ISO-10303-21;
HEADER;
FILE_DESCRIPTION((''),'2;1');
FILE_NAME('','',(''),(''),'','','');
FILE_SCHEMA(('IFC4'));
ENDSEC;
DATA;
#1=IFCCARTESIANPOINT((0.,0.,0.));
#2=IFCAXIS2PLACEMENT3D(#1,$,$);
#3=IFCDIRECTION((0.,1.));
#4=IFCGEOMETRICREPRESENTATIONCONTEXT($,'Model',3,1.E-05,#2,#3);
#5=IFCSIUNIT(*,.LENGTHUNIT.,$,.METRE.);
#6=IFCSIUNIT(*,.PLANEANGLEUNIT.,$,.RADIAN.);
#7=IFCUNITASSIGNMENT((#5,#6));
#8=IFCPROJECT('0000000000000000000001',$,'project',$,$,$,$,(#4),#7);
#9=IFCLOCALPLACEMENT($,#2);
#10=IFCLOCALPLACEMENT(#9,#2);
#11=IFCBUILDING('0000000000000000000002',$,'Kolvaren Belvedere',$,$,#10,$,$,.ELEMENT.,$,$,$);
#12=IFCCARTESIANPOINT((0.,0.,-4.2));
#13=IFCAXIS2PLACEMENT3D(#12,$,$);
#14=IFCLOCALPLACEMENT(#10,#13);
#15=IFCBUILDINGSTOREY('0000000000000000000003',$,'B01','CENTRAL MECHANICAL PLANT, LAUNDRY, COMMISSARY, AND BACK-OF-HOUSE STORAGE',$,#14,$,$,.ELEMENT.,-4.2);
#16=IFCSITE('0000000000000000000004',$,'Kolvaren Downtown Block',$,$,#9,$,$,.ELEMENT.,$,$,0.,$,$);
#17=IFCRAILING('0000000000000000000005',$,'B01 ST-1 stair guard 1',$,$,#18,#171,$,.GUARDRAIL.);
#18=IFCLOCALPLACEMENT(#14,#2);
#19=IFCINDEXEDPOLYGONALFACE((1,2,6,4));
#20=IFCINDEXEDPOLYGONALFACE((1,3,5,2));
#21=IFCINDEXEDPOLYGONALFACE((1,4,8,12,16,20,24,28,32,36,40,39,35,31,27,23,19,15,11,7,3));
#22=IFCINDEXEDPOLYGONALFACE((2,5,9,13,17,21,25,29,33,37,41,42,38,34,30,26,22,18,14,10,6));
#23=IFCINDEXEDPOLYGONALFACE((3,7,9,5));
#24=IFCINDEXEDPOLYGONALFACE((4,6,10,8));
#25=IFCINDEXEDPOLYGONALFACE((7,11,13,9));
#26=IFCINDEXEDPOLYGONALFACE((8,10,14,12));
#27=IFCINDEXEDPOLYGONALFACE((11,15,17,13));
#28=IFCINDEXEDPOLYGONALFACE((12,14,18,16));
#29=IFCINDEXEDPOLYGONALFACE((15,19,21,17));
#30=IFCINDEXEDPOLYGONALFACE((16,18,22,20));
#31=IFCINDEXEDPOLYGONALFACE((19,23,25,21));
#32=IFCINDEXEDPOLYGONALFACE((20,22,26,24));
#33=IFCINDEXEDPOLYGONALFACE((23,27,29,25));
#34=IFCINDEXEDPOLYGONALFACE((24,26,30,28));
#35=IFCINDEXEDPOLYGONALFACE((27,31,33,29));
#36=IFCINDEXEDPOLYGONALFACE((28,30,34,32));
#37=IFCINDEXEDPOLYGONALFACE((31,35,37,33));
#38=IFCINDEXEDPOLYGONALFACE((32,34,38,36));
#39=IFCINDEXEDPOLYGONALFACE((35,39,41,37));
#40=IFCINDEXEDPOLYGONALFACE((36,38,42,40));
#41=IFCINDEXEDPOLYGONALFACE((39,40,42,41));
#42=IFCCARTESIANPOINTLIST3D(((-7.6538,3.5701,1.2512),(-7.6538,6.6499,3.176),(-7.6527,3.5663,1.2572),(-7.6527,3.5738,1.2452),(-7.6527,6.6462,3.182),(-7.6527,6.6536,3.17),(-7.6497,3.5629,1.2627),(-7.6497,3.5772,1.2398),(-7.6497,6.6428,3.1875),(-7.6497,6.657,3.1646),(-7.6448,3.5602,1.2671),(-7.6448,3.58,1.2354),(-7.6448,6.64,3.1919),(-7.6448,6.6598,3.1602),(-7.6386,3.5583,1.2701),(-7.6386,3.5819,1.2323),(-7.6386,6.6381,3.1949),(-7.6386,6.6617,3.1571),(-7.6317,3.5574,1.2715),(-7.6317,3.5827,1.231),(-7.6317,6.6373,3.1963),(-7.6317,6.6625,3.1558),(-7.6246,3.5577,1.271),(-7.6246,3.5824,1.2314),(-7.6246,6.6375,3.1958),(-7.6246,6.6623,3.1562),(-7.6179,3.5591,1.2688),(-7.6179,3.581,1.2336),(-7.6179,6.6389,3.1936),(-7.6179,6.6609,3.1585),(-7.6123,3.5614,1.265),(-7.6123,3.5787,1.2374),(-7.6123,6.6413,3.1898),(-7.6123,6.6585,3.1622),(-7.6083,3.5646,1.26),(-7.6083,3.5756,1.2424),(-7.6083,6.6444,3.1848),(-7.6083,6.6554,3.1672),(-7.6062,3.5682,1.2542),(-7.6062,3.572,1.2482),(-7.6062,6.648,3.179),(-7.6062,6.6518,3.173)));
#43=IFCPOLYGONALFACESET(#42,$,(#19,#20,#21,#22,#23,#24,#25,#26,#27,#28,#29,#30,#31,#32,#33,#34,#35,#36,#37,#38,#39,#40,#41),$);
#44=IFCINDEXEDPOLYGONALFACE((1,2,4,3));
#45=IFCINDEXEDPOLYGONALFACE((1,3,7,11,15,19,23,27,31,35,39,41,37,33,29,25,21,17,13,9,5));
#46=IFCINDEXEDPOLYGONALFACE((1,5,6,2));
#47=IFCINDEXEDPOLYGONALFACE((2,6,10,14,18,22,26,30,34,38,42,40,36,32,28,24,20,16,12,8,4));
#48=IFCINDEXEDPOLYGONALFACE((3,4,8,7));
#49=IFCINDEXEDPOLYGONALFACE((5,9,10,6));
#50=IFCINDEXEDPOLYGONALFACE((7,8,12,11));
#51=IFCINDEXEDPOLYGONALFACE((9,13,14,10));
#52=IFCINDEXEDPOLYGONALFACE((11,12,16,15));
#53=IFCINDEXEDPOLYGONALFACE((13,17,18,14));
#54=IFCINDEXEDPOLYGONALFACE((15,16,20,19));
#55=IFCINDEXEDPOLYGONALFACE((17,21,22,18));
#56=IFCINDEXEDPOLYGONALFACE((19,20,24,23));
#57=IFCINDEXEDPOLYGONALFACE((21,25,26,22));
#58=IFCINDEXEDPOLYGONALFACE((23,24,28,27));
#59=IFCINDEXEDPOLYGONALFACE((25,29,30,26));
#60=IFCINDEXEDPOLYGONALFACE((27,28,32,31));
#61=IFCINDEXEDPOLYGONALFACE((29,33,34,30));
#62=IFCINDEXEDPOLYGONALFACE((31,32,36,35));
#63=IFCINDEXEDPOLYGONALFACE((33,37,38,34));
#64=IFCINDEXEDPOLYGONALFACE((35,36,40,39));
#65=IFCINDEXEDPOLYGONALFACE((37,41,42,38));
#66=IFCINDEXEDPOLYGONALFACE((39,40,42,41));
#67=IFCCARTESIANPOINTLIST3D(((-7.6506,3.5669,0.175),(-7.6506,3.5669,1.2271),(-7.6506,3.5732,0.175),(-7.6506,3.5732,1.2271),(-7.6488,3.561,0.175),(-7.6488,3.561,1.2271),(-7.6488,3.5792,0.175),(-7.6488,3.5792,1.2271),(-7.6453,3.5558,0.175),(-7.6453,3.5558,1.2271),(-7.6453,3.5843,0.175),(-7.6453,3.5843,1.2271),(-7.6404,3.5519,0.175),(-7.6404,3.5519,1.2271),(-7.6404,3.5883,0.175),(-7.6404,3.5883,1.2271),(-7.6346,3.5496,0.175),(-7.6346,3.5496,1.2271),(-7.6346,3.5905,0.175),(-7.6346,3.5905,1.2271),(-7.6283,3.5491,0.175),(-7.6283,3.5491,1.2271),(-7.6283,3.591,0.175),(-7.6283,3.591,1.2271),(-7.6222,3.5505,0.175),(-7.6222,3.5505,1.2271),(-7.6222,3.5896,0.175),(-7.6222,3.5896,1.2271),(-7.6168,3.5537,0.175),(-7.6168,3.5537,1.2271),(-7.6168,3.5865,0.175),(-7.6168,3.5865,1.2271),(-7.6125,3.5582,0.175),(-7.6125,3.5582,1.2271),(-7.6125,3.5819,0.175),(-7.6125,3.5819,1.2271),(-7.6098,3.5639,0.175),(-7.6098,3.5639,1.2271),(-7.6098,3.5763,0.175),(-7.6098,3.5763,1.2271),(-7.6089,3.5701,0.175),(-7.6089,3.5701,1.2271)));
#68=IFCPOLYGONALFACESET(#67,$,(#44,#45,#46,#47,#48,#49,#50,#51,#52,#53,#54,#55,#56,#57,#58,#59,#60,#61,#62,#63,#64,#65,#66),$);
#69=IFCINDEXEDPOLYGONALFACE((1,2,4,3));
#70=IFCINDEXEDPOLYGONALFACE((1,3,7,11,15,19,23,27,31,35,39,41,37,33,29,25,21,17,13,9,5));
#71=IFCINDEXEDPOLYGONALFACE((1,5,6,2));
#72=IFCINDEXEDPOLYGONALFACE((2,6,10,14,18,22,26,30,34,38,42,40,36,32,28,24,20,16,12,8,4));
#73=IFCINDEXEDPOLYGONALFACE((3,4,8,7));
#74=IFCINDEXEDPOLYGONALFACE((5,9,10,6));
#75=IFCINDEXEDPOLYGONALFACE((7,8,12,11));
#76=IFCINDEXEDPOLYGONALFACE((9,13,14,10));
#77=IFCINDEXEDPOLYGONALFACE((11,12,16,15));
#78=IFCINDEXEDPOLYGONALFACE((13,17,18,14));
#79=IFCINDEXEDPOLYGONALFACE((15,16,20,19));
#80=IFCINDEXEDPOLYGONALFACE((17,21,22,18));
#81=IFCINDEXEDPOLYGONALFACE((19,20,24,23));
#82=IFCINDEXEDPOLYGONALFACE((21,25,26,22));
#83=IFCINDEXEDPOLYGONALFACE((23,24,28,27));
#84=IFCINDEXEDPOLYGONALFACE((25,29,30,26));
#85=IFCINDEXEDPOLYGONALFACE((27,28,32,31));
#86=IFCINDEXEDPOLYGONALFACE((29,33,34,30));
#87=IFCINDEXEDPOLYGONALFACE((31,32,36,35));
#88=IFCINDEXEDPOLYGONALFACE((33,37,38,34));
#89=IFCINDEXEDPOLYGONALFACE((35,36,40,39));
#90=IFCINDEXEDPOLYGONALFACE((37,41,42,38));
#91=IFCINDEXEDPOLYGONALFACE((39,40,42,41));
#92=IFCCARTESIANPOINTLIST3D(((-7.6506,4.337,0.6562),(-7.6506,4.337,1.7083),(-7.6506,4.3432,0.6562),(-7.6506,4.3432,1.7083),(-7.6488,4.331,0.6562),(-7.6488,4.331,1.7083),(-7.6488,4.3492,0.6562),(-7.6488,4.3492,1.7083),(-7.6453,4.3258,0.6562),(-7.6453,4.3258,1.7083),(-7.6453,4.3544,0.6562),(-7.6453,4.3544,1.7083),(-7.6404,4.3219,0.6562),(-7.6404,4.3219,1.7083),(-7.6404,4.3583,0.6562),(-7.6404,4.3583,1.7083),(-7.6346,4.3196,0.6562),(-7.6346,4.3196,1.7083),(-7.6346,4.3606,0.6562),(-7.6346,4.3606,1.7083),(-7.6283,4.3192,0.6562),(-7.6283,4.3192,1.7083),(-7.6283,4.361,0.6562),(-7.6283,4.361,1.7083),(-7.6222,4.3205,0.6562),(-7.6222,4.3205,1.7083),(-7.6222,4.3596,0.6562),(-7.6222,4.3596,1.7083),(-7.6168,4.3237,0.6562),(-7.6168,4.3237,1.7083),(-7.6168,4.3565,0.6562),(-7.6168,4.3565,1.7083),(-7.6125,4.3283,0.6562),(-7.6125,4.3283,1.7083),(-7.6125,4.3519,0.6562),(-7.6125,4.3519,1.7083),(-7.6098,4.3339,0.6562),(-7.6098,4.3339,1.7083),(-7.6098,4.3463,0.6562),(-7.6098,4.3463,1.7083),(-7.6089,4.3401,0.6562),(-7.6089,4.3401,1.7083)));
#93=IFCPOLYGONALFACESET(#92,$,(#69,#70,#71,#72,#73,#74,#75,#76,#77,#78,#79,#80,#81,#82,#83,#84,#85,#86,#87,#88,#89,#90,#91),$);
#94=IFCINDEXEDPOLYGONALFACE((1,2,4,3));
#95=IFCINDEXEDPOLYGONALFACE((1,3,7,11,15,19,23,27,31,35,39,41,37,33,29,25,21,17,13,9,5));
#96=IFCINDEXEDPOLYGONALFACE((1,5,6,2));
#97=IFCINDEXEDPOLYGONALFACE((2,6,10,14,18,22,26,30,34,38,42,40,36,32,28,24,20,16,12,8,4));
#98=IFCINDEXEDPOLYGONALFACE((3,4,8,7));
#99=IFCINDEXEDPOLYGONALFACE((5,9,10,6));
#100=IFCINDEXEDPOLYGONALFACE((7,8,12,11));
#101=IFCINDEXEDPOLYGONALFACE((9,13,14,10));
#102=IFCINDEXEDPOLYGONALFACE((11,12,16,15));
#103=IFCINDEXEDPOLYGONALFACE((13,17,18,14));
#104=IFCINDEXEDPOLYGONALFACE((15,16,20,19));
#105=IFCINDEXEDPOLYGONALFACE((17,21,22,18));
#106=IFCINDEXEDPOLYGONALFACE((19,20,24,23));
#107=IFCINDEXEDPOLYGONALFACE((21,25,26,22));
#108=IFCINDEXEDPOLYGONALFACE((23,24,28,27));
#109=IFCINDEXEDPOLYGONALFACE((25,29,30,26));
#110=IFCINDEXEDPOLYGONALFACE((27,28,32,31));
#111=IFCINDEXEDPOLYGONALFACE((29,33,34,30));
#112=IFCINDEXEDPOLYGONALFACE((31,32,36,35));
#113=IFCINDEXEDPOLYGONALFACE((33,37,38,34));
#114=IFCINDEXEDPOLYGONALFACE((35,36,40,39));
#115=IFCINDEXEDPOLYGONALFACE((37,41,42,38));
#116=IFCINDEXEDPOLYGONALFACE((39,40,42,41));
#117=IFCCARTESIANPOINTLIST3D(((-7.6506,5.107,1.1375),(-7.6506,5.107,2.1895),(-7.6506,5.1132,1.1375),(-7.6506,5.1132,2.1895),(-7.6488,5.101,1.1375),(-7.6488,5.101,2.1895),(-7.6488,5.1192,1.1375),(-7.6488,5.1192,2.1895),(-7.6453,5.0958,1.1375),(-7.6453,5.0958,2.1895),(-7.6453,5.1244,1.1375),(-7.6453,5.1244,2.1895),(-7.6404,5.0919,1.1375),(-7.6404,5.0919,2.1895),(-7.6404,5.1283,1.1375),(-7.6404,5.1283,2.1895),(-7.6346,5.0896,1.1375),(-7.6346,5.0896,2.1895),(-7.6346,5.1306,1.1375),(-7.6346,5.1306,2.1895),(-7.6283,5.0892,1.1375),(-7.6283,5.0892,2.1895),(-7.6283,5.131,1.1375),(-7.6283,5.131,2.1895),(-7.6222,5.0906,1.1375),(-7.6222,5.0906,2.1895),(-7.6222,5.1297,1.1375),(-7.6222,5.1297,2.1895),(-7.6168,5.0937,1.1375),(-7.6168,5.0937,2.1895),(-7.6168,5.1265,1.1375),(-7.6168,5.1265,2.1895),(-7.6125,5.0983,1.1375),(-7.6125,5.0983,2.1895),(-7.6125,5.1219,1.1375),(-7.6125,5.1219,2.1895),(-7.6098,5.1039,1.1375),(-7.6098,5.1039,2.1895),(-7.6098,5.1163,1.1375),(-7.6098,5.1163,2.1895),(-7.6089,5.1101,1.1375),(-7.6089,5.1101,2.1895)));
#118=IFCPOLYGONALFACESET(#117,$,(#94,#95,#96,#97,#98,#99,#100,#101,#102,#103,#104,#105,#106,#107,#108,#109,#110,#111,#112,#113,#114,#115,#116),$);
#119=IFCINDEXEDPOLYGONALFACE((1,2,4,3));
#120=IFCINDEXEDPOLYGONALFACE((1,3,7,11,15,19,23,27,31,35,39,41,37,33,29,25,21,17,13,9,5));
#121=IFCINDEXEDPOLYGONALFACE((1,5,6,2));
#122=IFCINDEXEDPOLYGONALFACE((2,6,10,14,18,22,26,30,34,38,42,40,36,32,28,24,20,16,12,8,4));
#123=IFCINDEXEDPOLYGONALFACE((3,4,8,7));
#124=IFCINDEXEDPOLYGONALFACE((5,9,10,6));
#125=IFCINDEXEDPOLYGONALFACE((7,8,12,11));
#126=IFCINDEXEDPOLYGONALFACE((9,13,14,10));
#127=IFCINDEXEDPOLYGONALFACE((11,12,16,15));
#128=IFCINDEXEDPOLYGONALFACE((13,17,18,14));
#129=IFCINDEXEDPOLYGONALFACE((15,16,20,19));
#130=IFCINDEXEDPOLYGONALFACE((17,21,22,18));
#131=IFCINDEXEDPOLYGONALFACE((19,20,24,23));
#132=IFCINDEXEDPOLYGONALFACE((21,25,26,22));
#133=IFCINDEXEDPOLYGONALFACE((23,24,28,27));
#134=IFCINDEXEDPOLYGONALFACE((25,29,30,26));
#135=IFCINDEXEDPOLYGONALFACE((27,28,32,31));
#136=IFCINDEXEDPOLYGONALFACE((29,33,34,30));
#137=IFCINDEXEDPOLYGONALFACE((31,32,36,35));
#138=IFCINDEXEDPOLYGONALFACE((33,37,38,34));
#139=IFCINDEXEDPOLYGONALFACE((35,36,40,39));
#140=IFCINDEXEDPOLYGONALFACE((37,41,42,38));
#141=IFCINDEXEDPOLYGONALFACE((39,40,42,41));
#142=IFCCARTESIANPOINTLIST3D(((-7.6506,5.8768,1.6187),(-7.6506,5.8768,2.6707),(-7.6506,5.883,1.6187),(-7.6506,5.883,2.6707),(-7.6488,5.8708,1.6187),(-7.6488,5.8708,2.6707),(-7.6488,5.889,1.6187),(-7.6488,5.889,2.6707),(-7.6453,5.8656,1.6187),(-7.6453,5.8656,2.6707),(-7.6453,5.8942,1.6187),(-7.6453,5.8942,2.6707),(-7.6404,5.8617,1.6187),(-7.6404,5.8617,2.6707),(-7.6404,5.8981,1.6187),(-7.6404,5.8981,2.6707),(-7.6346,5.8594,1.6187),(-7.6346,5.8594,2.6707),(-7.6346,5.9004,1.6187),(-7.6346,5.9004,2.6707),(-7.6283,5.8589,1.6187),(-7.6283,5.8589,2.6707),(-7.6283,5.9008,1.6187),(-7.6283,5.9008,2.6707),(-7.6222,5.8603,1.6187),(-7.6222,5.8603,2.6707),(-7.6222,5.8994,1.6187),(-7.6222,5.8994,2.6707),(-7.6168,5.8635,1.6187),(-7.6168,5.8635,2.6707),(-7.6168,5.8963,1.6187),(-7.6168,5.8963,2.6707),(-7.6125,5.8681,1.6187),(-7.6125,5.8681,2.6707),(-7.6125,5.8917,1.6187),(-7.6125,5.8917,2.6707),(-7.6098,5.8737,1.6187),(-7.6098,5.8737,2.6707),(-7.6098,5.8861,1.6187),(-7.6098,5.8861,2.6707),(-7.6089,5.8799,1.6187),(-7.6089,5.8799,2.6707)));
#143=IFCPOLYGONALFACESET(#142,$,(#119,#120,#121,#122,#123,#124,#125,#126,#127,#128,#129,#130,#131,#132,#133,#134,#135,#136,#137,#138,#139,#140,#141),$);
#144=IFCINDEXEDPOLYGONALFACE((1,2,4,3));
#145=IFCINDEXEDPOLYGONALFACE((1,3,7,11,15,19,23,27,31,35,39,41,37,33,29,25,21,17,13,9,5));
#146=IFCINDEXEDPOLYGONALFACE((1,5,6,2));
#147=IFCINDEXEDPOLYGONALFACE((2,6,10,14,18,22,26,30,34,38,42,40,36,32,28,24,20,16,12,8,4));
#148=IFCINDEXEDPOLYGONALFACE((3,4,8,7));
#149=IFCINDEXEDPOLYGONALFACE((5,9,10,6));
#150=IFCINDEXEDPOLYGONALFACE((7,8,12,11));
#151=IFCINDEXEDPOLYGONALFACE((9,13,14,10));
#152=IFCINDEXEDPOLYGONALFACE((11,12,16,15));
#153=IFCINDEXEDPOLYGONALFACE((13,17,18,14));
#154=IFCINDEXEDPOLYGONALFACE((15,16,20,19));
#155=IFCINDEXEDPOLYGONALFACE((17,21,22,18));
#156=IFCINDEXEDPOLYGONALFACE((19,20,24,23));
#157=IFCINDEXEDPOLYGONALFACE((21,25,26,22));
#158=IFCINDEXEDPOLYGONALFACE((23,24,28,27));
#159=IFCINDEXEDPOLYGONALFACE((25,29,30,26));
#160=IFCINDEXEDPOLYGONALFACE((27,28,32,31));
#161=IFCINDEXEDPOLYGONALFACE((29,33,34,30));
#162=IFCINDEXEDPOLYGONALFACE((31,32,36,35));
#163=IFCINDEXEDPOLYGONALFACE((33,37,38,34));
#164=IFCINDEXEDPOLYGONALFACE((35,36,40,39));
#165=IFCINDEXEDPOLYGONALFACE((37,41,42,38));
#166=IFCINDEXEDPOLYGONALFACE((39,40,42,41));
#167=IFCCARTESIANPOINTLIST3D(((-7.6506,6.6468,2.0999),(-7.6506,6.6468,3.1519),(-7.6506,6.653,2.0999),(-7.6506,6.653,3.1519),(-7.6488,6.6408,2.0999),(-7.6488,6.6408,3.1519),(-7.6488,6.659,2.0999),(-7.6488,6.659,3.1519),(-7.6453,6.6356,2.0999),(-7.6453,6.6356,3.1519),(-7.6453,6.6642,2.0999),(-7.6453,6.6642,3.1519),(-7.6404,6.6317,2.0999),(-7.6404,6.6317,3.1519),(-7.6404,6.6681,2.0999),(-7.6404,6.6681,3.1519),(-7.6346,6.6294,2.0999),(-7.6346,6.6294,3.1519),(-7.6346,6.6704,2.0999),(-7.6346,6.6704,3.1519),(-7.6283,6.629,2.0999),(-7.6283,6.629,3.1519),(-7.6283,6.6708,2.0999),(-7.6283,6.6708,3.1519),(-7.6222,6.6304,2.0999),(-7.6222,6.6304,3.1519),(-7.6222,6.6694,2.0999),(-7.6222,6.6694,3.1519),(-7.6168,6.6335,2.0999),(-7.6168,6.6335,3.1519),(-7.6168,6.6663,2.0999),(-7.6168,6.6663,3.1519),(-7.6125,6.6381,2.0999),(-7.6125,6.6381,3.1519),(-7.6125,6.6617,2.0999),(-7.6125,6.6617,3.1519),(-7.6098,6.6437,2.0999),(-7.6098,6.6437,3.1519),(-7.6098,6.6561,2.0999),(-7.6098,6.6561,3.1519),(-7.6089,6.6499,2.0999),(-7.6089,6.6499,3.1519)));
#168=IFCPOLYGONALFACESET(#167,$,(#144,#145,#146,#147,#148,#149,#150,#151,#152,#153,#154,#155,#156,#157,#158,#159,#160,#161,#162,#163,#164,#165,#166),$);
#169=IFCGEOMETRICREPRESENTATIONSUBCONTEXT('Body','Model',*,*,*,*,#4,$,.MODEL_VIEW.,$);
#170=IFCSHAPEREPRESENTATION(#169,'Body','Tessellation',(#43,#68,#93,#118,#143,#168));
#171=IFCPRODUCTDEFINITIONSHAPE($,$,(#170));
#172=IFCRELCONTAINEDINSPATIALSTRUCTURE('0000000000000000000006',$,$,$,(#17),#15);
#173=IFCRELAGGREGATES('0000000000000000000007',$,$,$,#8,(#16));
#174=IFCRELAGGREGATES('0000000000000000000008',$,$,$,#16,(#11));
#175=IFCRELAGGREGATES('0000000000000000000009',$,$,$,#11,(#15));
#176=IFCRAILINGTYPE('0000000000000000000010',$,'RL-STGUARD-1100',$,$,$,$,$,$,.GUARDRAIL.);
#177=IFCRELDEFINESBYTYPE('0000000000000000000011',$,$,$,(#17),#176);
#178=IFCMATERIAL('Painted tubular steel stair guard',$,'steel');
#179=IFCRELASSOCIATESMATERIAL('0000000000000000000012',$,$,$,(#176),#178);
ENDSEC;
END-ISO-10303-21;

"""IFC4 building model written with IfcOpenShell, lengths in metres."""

from ifc_helpers import new_model, si_unit, direction, frame, origin, origin_2d, place, context, subcontext, project, spatial, circle, extrude, material, type_object, element, save


model = new_model("IFC4")

# Units and contexts
model_context = context("Model", 3, precision=1e-05, world=origin(), true_north=direction((0.0, 1.0)))
body_context = subcontext(model_context, "Body", "Model", "MODEL_VIEW")
ifc_project = project(units=[si_unit("LENGTHUNIT", "METRE"), si_unit("PLANEANGLEUNIT", "RADIAN")], contexts=[model_context])

# Site, building, storey
site_placement = place(None, origin())
site = spatial("IfcSite", under=ifc_project, at=site_placement, Name="Kolvaren Downtown Block", CompositionType="ELEMENT", RefElevation=0.0)
building_placement = place(site_placement, origin())
building = spatial("IfcBuilding", under=site, at=building_placement, Name="Kolvaren Belvedere", CompositionType="ELEMENT")
storey_placement = place(building_placement, frame((0.0, 0.0, -4.2)))
storey = spatial("IfcBuildingStorey", under=building, at=storey_placement, Name="B01", Description="CENTRAL MECHANICAL PLANT, LAUNDRY, COMMISSARY, AND BACK-OF-HOUSE STORAGE", CompositionType="ELEMENT", Elevation=-4.2)

# Railing
ifc_material_1 = material(Name="Painted tubular steel stair guard", Category="steel")
railing_type_1 = type_object("IfcRailingType", Name="RL-STGUARD-1100", PredefinedType="GUARDRAIL", material=ifc_material_1)
railing_1_placement = place(storey_placement, frame((-7.6299, 3.5701, 0.175)))
element("IfcRailing", 1, at=railing_1_placement, inside=storey, type_object=railing_type_1, Name="B01 ST-1 stair guard 1", PredefinedType="GUARDRAIL", context=body_context, shape_type="SweptSolid", body=[
    extrude(circle(Radius=0.0239, at=origin_2d()), frame((0.0, 0.0, 1.0762), z_axis=(0.0, 0.84801, 0.529981), x_axis=(-1.0, 0.0, 0.0)), (0.0, 0.0, 1.0), 3.6318),
    extrude(circle(Radius=0.021, at=origin_2d()), origin(), (0.0, 0.0, 1.0), 1.052),
    extrude(circle(Radius=0.021, at=origin_2d()), frame((0.0, 0.77, 0.4812)), (0.0, 0.0, 1.0), 1.052),
    extrude(circle(Radius=0.021, at=origin_2d()), frame((0.0, 1.54, 0.9624)), (0.0, 0.0, 1.0), 1.052),
    extrude(circle(Radius=0.021, at=origin_2d()), frame((0.0, 2.3098, 1.4436)), (0.0, 0.0, 1.0), 1.052),
    extrude(circle(Radius=0.021, at=origin_2d()), frame((0.0, 3.0798, 1.9248)), (0.0, 0.0, 1.0), 1.052),
])

save(model, "model.ifc")
